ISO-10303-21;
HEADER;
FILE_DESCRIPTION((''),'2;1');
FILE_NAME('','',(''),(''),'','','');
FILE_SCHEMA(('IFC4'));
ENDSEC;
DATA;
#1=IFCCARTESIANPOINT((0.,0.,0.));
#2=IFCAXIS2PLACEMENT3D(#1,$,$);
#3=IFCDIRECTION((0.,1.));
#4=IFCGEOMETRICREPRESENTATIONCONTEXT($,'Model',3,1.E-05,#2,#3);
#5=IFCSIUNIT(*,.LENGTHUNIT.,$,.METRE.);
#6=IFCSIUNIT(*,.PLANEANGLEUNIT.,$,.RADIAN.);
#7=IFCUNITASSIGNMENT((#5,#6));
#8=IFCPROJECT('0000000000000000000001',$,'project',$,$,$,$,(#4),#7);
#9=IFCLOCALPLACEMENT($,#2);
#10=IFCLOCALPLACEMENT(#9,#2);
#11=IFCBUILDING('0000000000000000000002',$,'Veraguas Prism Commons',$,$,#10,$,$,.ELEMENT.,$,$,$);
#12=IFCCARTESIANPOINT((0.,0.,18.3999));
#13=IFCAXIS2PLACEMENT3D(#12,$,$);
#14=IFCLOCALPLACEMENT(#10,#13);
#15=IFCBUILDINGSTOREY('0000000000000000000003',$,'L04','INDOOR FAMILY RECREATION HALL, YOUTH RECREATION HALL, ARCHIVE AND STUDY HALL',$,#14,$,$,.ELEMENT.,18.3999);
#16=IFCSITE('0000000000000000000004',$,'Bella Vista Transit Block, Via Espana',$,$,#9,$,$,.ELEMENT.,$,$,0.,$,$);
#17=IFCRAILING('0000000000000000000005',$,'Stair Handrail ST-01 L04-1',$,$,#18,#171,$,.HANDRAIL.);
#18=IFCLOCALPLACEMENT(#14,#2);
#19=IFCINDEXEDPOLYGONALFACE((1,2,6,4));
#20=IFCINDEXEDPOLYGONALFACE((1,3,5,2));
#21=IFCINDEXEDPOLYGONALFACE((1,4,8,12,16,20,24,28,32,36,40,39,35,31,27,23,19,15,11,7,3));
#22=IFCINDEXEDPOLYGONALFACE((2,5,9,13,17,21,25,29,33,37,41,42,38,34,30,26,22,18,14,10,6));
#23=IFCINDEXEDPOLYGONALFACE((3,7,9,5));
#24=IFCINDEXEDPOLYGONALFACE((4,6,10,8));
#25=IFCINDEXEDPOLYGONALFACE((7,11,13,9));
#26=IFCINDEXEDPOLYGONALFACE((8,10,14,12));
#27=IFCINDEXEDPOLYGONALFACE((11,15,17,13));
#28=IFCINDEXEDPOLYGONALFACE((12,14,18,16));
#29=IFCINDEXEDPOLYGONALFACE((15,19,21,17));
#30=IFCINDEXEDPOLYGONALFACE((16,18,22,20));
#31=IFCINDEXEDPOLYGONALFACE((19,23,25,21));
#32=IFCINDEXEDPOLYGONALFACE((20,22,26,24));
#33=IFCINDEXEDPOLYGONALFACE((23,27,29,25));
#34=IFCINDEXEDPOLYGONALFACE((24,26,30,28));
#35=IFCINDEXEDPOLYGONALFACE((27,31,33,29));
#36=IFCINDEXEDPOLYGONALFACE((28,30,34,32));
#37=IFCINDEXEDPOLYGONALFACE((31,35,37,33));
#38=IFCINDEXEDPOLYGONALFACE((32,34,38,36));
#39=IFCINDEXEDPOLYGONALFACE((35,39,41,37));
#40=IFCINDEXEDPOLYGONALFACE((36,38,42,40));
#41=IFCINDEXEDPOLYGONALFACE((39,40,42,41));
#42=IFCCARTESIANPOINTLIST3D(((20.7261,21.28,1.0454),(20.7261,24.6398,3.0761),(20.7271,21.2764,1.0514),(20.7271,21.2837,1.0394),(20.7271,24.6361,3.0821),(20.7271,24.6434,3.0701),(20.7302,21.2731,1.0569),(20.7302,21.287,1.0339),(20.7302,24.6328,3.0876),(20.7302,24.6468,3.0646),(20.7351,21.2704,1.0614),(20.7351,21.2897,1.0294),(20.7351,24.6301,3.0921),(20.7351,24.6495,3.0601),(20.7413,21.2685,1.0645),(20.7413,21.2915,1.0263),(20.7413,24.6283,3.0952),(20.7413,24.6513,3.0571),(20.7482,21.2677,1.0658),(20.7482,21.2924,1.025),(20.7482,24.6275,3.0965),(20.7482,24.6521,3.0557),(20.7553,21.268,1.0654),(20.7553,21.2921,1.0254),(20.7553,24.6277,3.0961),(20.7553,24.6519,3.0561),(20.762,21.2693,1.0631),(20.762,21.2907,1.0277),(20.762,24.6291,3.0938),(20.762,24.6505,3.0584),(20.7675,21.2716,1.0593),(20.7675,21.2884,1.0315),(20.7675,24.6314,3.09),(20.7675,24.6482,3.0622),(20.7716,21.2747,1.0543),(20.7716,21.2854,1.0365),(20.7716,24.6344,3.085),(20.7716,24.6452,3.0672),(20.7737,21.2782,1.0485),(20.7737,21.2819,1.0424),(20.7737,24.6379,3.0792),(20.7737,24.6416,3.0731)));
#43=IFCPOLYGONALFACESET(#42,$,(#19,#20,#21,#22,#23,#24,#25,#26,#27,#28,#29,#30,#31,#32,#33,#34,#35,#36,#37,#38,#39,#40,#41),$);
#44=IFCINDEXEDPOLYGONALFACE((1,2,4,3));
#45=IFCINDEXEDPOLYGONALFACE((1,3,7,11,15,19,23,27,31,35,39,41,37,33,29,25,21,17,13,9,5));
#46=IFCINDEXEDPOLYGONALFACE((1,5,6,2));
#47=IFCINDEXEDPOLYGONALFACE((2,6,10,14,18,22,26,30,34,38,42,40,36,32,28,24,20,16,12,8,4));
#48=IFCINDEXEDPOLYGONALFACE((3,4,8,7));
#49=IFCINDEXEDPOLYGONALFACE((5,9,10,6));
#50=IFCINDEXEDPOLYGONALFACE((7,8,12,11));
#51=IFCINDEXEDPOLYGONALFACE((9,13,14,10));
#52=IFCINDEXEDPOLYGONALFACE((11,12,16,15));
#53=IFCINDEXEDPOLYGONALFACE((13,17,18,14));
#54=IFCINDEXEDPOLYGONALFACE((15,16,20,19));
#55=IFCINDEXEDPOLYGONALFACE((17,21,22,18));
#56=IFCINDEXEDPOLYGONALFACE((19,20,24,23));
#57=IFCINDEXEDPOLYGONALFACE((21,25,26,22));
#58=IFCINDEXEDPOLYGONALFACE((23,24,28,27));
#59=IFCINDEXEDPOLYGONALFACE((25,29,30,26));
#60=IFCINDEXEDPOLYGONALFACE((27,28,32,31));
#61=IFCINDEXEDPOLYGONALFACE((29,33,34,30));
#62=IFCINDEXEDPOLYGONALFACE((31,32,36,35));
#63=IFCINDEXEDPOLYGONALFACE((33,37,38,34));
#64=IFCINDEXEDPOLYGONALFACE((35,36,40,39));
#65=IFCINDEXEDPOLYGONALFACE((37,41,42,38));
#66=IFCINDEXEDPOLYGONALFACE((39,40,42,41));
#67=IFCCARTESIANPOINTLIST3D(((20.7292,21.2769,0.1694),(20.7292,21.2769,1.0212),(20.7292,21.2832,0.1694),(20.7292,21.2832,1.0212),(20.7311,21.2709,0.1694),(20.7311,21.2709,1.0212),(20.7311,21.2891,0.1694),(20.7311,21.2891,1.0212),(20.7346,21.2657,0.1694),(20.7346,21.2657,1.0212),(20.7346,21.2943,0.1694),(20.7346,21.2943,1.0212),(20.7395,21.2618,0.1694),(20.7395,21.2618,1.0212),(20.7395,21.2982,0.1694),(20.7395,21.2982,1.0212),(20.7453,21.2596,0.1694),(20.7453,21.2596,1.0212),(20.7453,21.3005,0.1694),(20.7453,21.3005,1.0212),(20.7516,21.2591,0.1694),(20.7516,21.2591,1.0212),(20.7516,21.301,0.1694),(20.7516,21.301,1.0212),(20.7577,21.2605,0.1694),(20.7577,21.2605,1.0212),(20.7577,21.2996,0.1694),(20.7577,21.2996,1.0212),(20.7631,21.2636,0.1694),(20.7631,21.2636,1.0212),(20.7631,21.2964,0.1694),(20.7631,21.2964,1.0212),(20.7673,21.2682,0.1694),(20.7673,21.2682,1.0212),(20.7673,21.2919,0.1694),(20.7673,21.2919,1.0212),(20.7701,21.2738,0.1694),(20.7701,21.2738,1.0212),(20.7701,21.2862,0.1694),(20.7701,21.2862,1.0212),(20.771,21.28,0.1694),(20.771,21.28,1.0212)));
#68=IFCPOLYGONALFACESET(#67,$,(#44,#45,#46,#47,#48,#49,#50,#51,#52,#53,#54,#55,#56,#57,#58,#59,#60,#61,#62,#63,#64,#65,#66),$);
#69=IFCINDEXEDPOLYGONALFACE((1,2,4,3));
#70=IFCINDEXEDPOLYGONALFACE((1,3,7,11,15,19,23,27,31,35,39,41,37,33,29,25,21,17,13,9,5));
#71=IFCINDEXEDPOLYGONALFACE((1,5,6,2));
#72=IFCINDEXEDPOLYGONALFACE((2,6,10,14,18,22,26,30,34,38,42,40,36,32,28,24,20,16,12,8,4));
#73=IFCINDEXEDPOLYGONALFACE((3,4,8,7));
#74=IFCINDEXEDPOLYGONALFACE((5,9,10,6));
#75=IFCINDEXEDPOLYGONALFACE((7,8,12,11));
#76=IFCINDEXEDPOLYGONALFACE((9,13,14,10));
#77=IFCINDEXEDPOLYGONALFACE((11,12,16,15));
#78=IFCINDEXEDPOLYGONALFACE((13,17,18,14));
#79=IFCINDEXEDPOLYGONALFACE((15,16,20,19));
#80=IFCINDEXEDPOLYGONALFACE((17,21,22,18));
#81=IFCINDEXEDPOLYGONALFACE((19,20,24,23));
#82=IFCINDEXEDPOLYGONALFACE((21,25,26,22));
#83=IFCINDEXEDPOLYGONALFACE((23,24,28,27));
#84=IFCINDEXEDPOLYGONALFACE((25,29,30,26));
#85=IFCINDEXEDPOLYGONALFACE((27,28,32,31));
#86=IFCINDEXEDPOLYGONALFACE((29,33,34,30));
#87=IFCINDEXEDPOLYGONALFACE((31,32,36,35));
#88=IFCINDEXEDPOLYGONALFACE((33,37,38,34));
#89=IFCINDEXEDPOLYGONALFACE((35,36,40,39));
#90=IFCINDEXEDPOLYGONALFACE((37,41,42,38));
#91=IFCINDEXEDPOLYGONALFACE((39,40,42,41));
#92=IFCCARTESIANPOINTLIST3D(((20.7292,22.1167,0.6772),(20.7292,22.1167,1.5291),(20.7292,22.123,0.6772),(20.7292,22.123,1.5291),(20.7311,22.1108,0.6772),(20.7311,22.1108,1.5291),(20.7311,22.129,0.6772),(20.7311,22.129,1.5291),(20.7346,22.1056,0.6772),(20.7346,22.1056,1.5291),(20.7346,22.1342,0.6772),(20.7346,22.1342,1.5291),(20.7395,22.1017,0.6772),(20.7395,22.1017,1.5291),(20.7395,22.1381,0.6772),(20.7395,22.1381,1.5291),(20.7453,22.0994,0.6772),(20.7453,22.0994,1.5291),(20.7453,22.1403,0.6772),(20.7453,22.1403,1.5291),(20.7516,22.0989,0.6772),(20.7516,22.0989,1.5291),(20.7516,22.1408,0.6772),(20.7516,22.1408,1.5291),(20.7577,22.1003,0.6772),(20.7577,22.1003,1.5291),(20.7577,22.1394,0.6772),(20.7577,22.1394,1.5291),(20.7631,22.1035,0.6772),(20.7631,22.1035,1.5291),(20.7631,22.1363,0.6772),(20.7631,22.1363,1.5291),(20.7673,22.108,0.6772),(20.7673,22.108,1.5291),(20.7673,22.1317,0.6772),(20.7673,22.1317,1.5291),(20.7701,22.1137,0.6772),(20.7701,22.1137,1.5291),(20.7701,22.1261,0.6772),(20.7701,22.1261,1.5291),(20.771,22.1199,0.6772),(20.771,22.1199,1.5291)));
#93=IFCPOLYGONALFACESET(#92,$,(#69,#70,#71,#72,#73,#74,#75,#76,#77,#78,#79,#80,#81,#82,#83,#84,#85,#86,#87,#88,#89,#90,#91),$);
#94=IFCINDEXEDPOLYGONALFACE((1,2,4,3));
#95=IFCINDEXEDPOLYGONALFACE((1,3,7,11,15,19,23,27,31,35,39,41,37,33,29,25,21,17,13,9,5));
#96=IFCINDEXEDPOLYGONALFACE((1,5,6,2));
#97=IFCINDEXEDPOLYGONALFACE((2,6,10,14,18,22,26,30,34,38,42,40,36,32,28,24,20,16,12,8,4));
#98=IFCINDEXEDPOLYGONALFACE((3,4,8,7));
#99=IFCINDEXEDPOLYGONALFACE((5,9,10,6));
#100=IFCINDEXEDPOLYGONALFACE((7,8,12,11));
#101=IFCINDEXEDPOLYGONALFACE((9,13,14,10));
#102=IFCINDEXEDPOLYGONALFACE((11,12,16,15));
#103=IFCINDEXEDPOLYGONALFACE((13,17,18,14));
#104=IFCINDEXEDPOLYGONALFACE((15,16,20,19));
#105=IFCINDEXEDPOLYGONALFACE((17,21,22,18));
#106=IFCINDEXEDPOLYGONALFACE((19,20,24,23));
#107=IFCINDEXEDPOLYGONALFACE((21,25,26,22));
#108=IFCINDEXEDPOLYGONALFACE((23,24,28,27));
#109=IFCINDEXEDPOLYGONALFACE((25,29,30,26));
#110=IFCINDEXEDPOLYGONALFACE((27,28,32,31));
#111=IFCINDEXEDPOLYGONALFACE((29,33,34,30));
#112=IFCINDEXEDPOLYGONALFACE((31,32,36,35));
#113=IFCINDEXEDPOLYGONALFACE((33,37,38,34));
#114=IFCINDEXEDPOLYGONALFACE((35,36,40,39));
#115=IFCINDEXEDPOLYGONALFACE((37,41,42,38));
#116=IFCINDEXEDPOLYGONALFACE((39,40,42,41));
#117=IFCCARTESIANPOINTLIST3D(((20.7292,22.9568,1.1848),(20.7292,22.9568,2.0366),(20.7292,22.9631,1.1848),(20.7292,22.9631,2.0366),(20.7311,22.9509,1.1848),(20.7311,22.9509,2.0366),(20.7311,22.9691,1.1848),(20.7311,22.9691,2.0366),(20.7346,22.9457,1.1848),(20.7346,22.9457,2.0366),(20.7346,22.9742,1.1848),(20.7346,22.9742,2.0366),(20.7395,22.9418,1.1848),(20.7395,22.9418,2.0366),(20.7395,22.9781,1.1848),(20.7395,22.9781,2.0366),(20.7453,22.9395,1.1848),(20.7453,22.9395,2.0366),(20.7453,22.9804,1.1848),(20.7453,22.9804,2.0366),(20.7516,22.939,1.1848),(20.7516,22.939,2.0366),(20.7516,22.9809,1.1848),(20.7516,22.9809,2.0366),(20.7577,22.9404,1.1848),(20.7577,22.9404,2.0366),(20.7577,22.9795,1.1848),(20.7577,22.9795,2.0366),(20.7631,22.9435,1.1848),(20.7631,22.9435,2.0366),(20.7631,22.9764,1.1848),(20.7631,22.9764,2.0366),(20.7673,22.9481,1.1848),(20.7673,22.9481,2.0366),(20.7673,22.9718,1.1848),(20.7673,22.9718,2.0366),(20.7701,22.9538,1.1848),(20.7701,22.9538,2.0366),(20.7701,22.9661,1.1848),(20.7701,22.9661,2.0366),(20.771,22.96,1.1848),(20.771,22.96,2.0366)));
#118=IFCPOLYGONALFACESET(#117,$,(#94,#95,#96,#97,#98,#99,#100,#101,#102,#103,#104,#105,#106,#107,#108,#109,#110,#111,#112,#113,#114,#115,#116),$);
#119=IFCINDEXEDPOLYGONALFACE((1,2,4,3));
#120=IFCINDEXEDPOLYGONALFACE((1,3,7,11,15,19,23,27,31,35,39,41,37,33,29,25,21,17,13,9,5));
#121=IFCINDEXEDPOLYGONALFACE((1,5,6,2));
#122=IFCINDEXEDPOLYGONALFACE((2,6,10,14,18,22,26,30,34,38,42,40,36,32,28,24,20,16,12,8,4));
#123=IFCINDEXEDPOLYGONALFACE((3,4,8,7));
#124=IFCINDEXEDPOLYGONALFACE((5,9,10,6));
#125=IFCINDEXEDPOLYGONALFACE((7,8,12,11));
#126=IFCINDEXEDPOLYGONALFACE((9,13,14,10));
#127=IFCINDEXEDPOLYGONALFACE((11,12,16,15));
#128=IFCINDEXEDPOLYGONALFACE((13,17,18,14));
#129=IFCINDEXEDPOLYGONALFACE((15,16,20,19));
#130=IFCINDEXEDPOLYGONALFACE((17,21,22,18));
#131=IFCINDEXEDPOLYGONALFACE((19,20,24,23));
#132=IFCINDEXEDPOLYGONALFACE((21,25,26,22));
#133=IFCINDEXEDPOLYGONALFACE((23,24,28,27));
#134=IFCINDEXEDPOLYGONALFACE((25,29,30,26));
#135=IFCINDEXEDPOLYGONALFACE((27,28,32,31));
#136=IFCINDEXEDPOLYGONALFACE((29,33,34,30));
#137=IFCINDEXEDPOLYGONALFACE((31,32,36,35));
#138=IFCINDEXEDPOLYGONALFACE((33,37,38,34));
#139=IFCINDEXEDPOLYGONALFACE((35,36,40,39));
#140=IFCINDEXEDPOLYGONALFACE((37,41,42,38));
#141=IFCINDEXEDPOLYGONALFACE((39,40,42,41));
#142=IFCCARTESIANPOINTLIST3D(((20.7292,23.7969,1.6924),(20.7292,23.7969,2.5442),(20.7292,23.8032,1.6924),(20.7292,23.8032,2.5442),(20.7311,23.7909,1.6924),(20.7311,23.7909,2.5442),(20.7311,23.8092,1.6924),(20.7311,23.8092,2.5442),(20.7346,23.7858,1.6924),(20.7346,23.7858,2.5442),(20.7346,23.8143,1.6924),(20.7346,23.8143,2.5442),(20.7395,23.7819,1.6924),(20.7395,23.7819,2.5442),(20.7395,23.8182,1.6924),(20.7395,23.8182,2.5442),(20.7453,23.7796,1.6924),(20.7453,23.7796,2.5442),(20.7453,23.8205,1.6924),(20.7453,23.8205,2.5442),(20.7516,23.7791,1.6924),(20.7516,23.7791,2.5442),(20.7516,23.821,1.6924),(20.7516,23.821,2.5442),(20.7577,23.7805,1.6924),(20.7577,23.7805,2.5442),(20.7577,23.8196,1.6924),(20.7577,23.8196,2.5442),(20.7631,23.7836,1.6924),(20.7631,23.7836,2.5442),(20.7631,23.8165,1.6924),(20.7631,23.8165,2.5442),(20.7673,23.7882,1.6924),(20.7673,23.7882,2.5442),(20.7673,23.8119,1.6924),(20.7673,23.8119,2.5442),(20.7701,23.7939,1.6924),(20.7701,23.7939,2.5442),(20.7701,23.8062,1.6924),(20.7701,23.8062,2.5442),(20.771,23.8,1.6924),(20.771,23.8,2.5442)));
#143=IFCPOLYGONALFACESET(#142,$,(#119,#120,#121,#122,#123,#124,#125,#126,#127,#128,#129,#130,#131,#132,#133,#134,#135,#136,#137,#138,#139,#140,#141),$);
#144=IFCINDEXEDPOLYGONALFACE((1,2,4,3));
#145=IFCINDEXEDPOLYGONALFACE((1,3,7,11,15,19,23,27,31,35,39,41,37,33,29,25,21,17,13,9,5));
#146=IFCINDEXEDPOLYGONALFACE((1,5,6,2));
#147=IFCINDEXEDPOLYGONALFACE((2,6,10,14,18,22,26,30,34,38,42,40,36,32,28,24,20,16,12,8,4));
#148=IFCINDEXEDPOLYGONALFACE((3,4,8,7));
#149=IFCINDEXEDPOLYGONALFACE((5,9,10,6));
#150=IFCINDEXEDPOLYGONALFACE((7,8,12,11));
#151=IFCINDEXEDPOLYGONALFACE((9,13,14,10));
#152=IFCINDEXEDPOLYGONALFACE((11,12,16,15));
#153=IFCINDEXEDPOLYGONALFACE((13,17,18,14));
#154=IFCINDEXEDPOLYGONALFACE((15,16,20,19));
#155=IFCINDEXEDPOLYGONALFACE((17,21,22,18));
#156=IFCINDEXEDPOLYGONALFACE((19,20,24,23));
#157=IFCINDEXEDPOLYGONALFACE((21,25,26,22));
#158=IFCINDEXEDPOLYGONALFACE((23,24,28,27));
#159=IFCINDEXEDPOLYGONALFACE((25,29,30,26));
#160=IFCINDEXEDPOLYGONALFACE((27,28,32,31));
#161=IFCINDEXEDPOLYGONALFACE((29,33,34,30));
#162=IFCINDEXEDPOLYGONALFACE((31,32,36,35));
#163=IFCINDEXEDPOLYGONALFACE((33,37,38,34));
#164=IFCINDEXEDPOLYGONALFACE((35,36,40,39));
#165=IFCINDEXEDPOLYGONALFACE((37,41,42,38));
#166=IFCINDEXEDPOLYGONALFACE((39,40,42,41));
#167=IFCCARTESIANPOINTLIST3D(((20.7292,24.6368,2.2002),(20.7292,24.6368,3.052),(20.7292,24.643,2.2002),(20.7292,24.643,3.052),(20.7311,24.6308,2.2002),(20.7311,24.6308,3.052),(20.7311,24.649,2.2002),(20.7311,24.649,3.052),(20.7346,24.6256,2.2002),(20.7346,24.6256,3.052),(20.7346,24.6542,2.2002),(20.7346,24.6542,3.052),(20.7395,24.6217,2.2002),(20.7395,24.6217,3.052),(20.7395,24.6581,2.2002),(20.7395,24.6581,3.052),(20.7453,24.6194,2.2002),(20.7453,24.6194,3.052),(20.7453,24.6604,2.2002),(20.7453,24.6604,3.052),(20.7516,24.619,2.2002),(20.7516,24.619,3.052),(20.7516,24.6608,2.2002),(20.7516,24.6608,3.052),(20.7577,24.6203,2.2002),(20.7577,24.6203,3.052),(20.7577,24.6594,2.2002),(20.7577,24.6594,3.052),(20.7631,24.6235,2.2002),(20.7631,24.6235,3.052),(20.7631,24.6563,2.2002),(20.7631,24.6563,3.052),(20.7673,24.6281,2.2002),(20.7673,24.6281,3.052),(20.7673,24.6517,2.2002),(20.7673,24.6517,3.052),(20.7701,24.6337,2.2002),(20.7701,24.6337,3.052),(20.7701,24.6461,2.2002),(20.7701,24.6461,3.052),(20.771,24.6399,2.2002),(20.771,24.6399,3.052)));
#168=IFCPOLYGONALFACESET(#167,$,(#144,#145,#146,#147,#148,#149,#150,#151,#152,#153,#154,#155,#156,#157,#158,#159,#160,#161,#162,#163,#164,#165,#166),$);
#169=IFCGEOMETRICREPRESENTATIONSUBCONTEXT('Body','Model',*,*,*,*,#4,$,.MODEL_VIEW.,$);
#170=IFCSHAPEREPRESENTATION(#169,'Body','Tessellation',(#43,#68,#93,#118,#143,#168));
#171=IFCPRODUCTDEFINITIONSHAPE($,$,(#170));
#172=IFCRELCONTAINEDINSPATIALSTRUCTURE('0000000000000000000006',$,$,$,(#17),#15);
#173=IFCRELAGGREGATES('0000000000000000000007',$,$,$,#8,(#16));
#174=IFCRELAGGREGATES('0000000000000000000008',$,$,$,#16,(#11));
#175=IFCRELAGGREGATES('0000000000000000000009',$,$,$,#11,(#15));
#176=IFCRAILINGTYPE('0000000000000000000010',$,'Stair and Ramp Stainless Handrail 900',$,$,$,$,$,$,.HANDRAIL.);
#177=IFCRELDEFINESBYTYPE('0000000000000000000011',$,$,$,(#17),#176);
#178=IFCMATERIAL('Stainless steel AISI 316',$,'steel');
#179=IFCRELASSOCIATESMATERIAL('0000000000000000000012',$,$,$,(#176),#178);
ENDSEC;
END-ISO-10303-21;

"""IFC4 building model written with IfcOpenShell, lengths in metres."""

from ifc_helpers import new_model, si_unit, direction, frame, origin, origin_2d, place, context, subcontext, project, spatial, circle, extrude, material, type_object, element, save


model = new_model("IFC4")

# Units and contexts
model_context = context("Model", 3, precision=1e-05, world=origin(), true_north=direction((0.0, 1.0)))
body_context = subcontext(model_context, "Body", "Model", "MODEL_VIEW")
ifc_project = project(units=[si_unit("LENGTHUNIT", "METRE"), si_unit("PLANEANGLEUNIT", "RADIAN")], contexts=[model_context])

# Site, building, storey
site_placement = place(None, origin())
site = spatial("IfcSite", under=ifc_project, at=site_placement, Name="Bella Vista Transit Block, Via Espana", CompositionType="ELEMENT", RefElevation=0.0)
building_placement = place(site_placement, origin())
building = spatial("IfcBuilding", under=site, at=building_placement, Name="Veraguas Prism Commons", CompositionType="ELEMENT")
storey_placement = place(building_placement, frame((0.0, 0.0, 18.3999)))
storey = spatial("IfcBuildingStorey", under=building, at=storey_placement, Name="L04", Description="INDOOR FAMILY RECREATION HALL, YOUTH RECREATION HALL, ARCHIVE AND STUDY HALL", CompositionType="ELEMENT", Elevation=18.3999)

# Railing
ifc_material_1 = material(Name="Stainless steel AISI 316", Category="steel")
railing_type_1 = type_object("IfcRailingType", Name="Stair and Ramp Stainless Handrail 900", PredefinedType="HANDRAIL", material=ifc_material_1)
railing_1_placement = place(storey_placement, frame((20.75, 21.28, 0.1694)))
element("IfcRailing", 1, at=railing_1_placement, inside=storey, type_object=railing_type_1, Name="Stair Handrail ST-01 L04-1", PredefinedType="HANDRAIL", context=body_context, shape_type="SweptSolid", body=[
    extrude(circle(Radius=0.0239, at=origin_2d()), frame((0.0, 0.0, 0.876), z_axis=(0.0, 0.85582, 0.517273), x_axis=(-1.0, 0.0, 0.0)), (0.0, 0.0, 1.0), 3.9258),
    extrude(circle(Radius=0.021, at=origin_2d()), origin(), (0.0, 0.0, 1.0), 0.8518),
    extrude(circle(Radius=0.021, at=origin_2d()), frame((0.0, 0.8398, 0.5078)), (0.0, 0.0, 1.0), 0.8518),
    extrude(circle(Radius=0.021, at=origin_2d()), frame((0.0, 1.6799, 1.0154)), (0.0, 0.0, 1.0), 0.8518),
    extrude(circle(Radius=0.021, at=origin_2d()), frame((0.0, 2.52, 1.5229)), (0.0, 0.0, 1.0), 0.8518),
    extrude(circle(Radius=0.021, at=origin_2d()), frame((0.0, 3.3599, 2.0308)), (0.0, 0.0, 1.0), 0.8518),
])

save(model, "model.ifc")
